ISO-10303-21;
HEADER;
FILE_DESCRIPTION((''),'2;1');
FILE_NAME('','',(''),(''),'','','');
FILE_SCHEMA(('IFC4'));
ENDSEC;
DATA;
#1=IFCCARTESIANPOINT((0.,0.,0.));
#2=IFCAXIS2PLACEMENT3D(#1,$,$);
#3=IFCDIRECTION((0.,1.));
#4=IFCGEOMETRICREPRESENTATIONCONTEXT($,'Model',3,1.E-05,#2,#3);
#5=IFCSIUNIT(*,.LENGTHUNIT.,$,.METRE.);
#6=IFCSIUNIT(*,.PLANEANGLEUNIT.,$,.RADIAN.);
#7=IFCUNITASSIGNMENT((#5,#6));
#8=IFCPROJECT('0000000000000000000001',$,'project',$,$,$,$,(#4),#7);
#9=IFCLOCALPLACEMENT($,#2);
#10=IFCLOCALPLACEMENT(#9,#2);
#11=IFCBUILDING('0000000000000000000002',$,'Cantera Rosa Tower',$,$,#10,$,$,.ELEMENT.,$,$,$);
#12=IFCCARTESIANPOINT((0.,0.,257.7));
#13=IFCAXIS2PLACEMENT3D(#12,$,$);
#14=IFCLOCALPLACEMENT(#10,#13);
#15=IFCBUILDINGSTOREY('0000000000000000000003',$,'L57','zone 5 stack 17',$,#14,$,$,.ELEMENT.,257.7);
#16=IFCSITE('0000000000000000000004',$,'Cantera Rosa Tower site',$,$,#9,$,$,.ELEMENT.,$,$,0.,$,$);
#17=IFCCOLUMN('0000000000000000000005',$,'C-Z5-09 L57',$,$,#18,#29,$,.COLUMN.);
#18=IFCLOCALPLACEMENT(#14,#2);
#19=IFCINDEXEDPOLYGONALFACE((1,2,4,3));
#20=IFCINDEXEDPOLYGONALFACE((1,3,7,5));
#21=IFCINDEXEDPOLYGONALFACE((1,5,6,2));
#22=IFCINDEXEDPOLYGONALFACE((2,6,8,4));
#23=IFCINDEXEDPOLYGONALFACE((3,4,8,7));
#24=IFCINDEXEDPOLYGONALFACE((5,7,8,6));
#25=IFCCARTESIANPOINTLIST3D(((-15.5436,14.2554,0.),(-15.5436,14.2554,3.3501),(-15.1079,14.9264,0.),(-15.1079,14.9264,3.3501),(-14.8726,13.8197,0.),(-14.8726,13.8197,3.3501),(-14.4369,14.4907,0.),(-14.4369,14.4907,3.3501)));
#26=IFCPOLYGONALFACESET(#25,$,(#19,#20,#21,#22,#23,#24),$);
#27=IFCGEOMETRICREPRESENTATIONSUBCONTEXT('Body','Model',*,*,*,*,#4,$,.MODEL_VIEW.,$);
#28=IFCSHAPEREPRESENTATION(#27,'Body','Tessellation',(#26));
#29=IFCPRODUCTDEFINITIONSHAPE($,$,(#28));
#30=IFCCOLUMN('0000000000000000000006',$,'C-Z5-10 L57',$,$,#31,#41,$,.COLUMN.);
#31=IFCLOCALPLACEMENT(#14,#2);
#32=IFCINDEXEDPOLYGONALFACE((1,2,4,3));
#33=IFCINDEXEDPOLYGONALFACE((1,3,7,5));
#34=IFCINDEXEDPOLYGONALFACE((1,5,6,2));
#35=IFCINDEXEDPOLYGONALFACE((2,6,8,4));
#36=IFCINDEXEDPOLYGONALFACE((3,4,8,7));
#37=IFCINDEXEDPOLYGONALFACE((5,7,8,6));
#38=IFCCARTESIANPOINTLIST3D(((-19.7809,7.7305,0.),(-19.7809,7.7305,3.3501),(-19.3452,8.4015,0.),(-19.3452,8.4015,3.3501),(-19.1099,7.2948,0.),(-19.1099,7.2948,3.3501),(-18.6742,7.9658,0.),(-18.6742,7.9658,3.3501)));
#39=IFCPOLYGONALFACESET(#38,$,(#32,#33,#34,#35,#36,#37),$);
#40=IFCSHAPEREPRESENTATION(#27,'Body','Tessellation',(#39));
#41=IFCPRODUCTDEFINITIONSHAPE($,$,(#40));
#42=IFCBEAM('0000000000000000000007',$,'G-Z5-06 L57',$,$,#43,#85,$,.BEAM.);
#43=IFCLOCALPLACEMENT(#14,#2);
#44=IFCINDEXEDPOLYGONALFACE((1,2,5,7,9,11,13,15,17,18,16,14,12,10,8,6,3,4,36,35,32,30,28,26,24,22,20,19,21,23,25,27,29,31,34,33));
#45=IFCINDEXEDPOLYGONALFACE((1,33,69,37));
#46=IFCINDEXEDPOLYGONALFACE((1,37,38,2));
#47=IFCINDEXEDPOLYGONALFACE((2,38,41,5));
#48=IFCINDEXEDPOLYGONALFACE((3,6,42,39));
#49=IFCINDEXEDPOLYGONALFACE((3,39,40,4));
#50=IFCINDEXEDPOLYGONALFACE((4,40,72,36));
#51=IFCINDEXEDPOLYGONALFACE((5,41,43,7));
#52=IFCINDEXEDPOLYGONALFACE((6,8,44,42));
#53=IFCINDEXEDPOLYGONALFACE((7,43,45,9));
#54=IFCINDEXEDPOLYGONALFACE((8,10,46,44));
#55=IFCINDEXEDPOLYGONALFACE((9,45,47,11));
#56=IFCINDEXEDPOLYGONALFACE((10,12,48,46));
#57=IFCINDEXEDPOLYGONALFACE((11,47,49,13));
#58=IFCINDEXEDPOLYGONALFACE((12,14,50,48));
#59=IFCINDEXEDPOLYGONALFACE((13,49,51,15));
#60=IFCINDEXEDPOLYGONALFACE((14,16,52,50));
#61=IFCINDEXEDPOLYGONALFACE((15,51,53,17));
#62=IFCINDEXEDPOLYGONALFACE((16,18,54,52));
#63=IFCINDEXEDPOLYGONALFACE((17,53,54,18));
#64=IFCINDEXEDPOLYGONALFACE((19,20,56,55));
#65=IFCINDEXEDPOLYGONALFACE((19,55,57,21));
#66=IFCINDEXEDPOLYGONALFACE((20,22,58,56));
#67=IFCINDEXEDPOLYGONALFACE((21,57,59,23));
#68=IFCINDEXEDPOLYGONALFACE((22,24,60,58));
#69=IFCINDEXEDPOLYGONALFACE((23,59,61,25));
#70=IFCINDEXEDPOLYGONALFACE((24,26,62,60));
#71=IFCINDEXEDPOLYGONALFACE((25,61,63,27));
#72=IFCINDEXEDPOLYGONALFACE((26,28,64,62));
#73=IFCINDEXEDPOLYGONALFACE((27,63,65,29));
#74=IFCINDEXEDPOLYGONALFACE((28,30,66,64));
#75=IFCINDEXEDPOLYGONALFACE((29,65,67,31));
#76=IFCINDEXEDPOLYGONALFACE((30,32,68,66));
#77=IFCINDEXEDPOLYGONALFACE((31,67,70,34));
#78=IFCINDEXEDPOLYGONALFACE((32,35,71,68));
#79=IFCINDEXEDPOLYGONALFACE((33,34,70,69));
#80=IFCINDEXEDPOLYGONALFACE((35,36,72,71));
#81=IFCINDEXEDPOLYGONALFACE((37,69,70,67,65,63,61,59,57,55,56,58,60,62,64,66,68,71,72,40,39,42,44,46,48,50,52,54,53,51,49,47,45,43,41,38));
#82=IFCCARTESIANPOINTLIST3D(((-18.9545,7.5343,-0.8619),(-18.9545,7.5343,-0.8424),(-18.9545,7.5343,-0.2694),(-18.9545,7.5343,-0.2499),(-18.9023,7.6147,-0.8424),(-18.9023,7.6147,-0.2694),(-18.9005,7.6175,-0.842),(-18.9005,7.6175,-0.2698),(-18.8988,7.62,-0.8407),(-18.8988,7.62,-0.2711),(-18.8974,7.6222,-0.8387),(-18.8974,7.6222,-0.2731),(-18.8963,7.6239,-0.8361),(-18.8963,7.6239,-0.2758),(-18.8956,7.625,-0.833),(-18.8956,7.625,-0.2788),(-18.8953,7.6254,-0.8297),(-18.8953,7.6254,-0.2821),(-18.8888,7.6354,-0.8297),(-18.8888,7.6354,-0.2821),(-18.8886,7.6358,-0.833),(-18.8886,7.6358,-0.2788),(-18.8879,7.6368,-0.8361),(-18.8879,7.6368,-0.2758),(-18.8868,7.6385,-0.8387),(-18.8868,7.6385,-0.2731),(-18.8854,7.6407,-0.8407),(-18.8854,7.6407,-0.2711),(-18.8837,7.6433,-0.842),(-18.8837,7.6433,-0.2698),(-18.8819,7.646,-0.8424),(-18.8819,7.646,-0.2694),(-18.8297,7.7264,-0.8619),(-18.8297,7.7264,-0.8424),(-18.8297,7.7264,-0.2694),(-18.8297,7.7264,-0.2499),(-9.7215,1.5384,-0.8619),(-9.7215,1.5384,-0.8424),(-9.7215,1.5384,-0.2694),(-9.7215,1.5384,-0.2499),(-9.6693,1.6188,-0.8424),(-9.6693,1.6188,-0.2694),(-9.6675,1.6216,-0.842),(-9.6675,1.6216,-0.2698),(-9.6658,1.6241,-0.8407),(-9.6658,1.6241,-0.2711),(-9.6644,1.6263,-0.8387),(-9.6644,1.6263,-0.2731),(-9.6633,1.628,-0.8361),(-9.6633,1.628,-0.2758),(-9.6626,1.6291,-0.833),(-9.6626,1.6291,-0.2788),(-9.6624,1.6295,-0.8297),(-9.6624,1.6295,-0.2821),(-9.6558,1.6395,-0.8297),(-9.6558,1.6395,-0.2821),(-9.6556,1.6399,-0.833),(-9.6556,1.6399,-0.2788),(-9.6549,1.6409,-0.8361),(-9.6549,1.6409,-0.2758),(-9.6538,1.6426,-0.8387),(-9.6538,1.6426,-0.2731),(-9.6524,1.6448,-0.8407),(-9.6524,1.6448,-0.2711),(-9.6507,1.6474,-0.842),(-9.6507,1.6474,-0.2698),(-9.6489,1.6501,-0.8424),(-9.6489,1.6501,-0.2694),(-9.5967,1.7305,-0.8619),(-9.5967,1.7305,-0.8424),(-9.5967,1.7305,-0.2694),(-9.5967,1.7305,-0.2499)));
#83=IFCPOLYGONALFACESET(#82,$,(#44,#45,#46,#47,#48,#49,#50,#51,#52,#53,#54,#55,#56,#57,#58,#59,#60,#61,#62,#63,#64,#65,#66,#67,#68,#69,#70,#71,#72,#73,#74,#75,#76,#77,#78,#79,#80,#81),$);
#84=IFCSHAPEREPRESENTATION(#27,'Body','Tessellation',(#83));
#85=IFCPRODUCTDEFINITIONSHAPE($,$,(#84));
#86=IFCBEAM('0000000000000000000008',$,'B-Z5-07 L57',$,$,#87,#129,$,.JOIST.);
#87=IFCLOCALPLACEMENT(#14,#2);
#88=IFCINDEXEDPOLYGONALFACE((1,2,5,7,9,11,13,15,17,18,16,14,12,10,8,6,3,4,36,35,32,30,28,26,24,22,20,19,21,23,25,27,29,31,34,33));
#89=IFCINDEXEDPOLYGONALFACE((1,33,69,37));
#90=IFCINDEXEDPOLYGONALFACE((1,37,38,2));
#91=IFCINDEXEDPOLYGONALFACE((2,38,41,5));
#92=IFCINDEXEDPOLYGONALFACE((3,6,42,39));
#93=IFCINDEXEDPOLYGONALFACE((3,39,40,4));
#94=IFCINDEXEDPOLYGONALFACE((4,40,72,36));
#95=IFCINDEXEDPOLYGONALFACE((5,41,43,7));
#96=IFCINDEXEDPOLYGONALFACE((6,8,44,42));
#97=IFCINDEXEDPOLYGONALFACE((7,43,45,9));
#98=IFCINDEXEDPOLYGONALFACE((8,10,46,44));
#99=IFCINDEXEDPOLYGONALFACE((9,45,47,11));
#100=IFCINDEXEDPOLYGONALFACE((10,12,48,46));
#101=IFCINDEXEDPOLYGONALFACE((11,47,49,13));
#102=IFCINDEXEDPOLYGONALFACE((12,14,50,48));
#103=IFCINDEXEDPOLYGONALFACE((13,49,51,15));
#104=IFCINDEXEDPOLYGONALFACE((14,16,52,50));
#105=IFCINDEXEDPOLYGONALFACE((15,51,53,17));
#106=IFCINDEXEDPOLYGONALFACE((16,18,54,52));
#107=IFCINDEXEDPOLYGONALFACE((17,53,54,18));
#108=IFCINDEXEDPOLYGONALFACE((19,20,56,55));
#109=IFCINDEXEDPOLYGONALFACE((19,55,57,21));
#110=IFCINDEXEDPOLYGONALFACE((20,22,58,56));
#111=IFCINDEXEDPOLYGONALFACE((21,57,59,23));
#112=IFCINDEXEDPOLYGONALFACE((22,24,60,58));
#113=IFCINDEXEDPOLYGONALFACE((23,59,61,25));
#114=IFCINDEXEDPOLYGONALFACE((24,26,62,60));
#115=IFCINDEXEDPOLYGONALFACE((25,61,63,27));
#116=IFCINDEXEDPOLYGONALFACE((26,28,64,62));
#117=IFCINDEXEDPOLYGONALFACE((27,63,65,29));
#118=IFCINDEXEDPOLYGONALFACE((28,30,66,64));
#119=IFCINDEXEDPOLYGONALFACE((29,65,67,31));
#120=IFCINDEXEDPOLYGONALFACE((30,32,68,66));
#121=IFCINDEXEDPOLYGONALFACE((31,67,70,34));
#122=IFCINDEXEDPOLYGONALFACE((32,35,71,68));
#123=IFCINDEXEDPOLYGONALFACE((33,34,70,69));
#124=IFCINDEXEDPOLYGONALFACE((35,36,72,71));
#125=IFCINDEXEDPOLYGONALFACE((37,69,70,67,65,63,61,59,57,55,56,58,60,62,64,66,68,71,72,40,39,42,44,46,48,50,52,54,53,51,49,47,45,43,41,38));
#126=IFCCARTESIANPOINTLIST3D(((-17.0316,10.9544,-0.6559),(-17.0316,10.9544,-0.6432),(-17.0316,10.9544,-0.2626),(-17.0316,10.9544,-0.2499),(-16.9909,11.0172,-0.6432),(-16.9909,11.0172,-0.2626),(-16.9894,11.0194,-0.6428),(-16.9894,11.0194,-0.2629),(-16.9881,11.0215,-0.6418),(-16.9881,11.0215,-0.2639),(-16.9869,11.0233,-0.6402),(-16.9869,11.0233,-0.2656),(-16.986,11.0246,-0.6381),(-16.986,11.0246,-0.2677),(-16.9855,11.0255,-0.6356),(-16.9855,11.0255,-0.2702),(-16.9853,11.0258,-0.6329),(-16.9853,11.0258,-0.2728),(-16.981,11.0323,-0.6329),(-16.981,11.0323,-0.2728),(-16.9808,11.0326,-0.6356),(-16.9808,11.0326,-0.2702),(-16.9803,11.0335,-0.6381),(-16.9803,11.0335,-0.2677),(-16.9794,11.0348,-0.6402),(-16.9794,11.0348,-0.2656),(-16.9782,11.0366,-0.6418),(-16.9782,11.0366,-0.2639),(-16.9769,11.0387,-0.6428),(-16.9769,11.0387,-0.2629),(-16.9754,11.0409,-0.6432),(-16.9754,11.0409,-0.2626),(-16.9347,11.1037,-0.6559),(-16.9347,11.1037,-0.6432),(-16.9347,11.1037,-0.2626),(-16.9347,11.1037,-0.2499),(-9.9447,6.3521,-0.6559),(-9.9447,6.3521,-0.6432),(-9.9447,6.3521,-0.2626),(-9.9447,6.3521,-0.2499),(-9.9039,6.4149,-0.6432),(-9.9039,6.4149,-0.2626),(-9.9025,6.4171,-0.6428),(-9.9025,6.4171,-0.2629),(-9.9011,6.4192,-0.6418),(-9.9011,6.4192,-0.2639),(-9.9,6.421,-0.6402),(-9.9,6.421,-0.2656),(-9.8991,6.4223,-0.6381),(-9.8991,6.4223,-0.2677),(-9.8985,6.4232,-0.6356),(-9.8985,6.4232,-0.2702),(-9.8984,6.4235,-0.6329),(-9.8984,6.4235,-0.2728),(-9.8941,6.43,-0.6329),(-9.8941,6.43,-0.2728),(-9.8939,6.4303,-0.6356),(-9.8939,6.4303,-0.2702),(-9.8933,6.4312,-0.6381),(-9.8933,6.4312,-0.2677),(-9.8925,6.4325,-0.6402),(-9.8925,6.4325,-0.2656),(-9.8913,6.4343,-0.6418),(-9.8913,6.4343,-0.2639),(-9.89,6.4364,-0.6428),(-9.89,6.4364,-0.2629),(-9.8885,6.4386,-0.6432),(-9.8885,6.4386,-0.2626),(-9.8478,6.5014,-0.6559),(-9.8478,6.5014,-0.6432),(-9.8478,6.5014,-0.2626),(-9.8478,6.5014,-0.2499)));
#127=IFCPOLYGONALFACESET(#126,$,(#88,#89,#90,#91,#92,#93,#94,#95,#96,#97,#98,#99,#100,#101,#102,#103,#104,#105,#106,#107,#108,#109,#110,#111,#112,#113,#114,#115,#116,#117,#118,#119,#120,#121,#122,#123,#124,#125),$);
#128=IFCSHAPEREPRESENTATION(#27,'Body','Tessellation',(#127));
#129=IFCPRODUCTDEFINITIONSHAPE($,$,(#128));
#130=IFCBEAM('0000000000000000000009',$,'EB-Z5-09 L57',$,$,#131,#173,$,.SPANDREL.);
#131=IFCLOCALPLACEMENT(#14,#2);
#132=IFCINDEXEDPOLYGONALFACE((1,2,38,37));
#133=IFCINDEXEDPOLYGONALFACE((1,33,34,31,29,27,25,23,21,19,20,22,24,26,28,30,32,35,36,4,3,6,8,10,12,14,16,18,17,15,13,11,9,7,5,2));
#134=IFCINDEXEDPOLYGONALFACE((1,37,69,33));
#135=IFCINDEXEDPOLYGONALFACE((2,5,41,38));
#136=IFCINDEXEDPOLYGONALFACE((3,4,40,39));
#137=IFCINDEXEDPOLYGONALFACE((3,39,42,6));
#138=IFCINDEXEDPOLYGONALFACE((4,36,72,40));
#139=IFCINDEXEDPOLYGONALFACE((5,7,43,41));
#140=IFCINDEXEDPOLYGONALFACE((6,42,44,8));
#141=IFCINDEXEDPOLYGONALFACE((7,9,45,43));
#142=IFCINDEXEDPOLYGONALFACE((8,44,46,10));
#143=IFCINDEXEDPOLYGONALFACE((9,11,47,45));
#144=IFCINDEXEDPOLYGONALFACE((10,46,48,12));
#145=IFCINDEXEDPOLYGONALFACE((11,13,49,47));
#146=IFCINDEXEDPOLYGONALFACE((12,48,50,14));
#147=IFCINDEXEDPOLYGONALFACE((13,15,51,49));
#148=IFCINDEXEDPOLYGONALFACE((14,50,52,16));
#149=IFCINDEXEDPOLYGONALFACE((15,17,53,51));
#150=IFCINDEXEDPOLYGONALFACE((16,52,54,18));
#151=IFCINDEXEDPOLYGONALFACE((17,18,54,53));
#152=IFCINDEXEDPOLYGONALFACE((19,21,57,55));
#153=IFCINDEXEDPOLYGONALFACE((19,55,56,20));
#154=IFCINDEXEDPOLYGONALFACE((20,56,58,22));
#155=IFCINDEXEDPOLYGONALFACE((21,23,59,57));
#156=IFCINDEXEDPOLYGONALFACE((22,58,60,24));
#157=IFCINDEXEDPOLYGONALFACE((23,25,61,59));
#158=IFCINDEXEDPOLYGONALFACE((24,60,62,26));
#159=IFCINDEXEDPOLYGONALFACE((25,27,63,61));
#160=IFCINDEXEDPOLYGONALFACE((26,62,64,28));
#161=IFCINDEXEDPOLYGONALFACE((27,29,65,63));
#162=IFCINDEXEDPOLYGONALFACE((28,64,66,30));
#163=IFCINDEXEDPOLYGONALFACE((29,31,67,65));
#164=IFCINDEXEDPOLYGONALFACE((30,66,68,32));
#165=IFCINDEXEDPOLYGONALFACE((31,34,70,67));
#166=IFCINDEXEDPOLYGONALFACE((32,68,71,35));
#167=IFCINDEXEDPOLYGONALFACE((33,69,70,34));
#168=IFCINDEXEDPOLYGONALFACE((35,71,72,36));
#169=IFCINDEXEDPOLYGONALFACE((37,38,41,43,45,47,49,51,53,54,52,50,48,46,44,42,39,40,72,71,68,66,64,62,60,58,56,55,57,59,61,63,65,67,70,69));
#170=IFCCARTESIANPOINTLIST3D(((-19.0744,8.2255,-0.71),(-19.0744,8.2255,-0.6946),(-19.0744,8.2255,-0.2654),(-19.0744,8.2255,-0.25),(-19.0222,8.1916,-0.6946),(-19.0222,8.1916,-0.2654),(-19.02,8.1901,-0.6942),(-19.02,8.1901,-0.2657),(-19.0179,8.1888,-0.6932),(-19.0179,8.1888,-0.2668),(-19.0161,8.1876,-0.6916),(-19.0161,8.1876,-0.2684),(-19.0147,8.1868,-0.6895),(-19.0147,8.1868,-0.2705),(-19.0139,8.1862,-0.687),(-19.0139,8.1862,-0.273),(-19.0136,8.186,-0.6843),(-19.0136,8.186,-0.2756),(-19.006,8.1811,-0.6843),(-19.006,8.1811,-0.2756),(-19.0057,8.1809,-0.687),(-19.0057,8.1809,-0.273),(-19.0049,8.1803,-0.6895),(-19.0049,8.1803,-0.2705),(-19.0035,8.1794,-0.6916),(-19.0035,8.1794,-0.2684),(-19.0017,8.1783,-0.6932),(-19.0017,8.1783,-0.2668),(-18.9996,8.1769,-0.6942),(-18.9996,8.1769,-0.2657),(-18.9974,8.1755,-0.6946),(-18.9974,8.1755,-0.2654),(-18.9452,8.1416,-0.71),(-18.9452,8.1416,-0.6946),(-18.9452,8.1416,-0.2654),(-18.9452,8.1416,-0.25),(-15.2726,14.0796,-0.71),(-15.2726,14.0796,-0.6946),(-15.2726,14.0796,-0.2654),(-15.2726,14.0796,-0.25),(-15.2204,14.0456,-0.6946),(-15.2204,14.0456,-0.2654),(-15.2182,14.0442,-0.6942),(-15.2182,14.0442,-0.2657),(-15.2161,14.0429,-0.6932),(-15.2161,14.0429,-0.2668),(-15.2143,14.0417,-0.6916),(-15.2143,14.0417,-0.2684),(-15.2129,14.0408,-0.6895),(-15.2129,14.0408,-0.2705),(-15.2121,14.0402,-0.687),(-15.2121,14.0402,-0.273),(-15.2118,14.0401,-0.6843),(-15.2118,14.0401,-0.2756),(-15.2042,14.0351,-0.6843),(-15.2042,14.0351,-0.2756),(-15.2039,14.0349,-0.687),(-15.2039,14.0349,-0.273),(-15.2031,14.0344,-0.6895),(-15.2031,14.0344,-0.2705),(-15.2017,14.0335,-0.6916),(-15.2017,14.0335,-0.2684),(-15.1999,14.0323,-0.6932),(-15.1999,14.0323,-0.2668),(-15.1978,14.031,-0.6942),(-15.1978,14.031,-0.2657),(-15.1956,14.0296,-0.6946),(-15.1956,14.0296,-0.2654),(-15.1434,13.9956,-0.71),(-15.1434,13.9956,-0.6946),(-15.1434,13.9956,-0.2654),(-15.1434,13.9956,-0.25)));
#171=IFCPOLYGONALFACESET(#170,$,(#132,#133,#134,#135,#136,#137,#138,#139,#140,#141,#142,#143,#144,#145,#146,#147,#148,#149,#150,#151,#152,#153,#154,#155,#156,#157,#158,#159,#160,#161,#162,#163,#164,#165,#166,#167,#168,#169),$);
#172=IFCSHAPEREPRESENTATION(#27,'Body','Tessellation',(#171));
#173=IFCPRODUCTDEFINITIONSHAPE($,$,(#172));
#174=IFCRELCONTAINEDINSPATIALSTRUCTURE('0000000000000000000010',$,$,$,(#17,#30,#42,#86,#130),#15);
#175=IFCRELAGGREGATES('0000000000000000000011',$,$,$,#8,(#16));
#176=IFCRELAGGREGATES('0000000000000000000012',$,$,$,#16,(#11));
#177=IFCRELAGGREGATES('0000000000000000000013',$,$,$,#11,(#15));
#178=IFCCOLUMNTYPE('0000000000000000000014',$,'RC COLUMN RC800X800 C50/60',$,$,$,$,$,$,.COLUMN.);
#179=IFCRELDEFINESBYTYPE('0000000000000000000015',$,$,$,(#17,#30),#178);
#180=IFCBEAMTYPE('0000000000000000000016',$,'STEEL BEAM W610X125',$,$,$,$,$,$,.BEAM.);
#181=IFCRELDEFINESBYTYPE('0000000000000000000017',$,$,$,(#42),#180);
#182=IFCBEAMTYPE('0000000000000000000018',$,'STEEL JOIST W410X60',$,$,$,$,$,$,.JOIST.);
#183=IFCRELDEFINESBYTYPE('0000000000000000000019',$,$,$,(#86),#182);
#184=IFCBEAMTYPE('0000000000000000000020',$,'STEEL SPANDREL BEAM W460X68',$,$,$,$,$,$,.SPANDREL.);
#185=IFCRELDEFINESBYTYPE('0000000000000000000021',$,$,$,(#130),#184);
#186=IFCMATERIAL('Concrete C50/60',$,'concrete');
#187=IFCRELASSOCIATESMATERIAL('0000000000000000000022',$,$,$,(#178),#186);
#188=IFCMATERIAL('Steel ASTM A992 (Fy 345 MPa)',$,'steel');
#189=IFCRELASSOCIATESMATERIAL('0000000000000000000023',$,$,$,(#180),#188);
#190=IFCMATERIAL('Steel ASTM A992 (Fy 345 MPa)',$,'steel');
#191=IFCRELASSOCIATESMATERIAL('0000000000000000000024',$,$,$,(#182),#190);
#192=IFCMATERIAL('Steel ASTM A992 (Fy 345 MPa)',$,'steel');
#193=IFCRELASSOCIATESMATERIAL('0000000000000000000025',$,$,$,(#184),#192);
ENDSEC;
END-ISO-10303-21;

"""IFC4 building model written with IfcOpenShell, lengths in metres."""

from ifc_helpers import new_model, si_unit, direction, frame, origin, origin_2d, place, context, subcontext, project, spatial, rectangle, i_section, extrude, material, material_profile, profile_set, type_object, element, save


model = new_model("IFC4")

# Units and contexts
model_context = context("Model", 3, precision=1e-05, world=origin(), true_north=direction((0.0, 1.0)))
body_context = subcontext(model_context, "Body", "Model", "MODEL_VIEW")
ifc_project = project(units=[si_unit("LENGTHUNIT", "METRE"), si_unit("PLANEANGLEUNIT", "RADIAN")], contexts=[model_context])

# Site, building, storey
site_placement = place(None, origin())
site = spatial("IfcSite", under=ifc_project, at=site_placement, Name="Cantera Rosa Tower site", CompositionType="ELEMENT", RefElevation=0.0)
building_placement = place(site_placement, origin())
building = spatial("IfcBuilding", under=site, at=building_placement, Name="Cantera Rosa Tower", CompositionType="ELEMENT")
storey_placement = place(building_placement, frame((0.0, 0.0, 257.7)))
storey = spatial("IfcBuildingStorey", under=building, at=storey_placement, Name="L57", Description="zone 5 stack 17", CompositionType="ELEMENT", Elevation=257.7)

# Columns
ifc_material_1 = material(Name="Concrete C50/60", Category="concrete")
ifc_material_profile_1 = material_profile(ifc_material_1, rectangle(XDim=0.8, YDim=0.8, at=origin_2d()), Name="RC COLUMN RC800X800 C50/60")
ifc_profile_set_1 = profile_set([ifc_material_profile_1], Name="Concrete C50/60")
column_type = type_object("IfcColumnType", Name="RC COLUMN RC800X800 C50/60", PredefinedType="COLUMN", material=ifc_profile_set_1)
for number, where, z_axis, x_axis, name in (
    (1, (-14.9902, 14.373, 0.0), (0.0, 0.0, 1.0), (0.544639, 0.838671, 0.0), "C-Z5-09 L57"),
    (2, (-19.2275, 7.8481, 0.0), (0.0, 0.0, 1.0), (0.544639, 0.838671, 0.0), "C-Z5-10 L57"),
):
    element("IfcColumn", number, at=place(storey_placement, frame(where, z_axis=z_axis, x_axis=x_axis)), inside=storey, type_object=column_type, Name=name, PredefinedType="COLUMN", context=body_context, shape_type="SweptSolid", body=[
        extrude(rectangle(XDim=0.8, YDim=0.8, at=origin_2d()), origin(), (0.0, 0.0, 1.0), 3.3501),
    ])

# Beams
ifc_material_2 = material(Name="Steel ASTM A992 (Fy 345 MPa)", Category="steel")
ifc_material_profile_2 = material_profile(ifc_material_2, i_section(OverallWidth=0.229, OverallDepth=0.6121, WebThickness=0.012, FlangeThickness=0.0195, FilletRadius=0.0127, at=origin_2d()), Name="W610X125")
ifc_profile_set_2 = profile_set([ifc_material_profile_2], Name="Steel ASTM A992 (Fy 345 MPa)")
beam_type_1 = type_object("IfcBeamType", Name="STEEL BEAM W610X125", PredefinedType="BEAM", material=ifc_profile_set_2)
beam_1_placement = place(storey_placement, frame((-18.8921, 7.6304, -0.5559), z_axis=(0.838674, -0.544634, 0.0), x_axis=(0.544634, 0.838674, 0.0)))
element("IfcBeam", 3, at=beam_1_placement, inside=storey, type_object=beam_type_1, Name="G-Z5-06 L57", PredefinedType="BEAM", context=body_context, shape_type="SweptSolid", body=[
    extrude(i_section(OverallWidth=0.229, OverallDepth=0.6121, WebThickness=0.012, FlangeThickness=0.0195, FilletRadius=0.0127, at=origin_2d()), origin(), (0.0, 0.0, 1.0), 11.009),
])
ifc_material_3 = material(Name="Steel ASTM A992 (Fy 345 MPa)", Category="steel")
ifc_material_profile_3 = material_profile(ifc_material_3, i_section(OverallWidth=0.178, OverallDepth=0.406, WebThickness=0.0078, FlangeThickness=0.0127, FilletRadius=0.0103, at=origin_2d()), Name="W410X60")
ifc_profile_set_3 = profile_set([ifc_material_profile_3], Name="Steel ASTM A992 (Fy 345 MPa)")
beam_type_2 = type_object("IfcBeamType", Name="STEEL JOIST W410X60", PredefinedType="JOIST", material=ifc_profile_set_3)
beam_2_placement = place(storey_placement, frame((-16.9832, 11.0291, -0.4529), z_axis=(0.838671, -0.544639, 0.0), x_axis=(0.544639, 0.838671, 0.0)))
element("IfcBeam", 4, at=beam_2_placement, inside=storey, type_object=beam_type_2, Name="B-Z5-07 L57", PredefinedType="JOIST", context=body_context, shape_type="SweptSolid", body=[
    extrude(i_section(OverallWidth=0.178, OverallDepth=0.406, WebThickness=0.0078, FlangeThickness=0.0127, FilletRadius=0.0103, at=origin_2d()), origin(), (0.0, 0.0, 1.0), 8.4502),
])
ifc_material_4 = material(Name="Steel ASTM A992 (Fy 345 MPa)", Category="steel")
ifc_material_profile_4 = material_profile(ifc_material_4, i_section(OverallWidth=0.1541, OverallDepth=0.46, WebThickness=0.009, FlangeThickness=0.0154, FilletRadius=0.0103, at=origin_2d()), Name="W460X68")
ifc_profile_set_4 = profile_set([ifc_material_profile_4], Name="Steel ASTM A992 (Fy 345 MPa)")
beam_type_3 = type_object("IfcBeamType", Name="STEEL SPANDREL BEAM W460X68", PredefinedType="SPANDREL", material=ifc_profile_set_4)
beam_3_placement = place(storey_placement, frame((-15.208, 14.0376, -0.48), z_axis=(-0.544651, -0.838663, 0.0), x_axis=(0.838663, -0.544651, 0.0)))
element("IfcBeam", 5, at=beam_3_placement, inside=storey, type_object=beam_type_3, Name="EB-Z5-09 L57", PredefinedType="SPANDREL", context=body_context, shape_type="SweptSolid", body=[
    extrude(i_section(OverallWidth=0.1541, OverallDepth=0.46, WebThickness=0.009, FlangeThickness=0.0154, FilletRadius=0.0103, at=origin_2d()), origin(), (0.0, 0.0, 1.0), 6.9802),
])

save(model, "model.ifc")
